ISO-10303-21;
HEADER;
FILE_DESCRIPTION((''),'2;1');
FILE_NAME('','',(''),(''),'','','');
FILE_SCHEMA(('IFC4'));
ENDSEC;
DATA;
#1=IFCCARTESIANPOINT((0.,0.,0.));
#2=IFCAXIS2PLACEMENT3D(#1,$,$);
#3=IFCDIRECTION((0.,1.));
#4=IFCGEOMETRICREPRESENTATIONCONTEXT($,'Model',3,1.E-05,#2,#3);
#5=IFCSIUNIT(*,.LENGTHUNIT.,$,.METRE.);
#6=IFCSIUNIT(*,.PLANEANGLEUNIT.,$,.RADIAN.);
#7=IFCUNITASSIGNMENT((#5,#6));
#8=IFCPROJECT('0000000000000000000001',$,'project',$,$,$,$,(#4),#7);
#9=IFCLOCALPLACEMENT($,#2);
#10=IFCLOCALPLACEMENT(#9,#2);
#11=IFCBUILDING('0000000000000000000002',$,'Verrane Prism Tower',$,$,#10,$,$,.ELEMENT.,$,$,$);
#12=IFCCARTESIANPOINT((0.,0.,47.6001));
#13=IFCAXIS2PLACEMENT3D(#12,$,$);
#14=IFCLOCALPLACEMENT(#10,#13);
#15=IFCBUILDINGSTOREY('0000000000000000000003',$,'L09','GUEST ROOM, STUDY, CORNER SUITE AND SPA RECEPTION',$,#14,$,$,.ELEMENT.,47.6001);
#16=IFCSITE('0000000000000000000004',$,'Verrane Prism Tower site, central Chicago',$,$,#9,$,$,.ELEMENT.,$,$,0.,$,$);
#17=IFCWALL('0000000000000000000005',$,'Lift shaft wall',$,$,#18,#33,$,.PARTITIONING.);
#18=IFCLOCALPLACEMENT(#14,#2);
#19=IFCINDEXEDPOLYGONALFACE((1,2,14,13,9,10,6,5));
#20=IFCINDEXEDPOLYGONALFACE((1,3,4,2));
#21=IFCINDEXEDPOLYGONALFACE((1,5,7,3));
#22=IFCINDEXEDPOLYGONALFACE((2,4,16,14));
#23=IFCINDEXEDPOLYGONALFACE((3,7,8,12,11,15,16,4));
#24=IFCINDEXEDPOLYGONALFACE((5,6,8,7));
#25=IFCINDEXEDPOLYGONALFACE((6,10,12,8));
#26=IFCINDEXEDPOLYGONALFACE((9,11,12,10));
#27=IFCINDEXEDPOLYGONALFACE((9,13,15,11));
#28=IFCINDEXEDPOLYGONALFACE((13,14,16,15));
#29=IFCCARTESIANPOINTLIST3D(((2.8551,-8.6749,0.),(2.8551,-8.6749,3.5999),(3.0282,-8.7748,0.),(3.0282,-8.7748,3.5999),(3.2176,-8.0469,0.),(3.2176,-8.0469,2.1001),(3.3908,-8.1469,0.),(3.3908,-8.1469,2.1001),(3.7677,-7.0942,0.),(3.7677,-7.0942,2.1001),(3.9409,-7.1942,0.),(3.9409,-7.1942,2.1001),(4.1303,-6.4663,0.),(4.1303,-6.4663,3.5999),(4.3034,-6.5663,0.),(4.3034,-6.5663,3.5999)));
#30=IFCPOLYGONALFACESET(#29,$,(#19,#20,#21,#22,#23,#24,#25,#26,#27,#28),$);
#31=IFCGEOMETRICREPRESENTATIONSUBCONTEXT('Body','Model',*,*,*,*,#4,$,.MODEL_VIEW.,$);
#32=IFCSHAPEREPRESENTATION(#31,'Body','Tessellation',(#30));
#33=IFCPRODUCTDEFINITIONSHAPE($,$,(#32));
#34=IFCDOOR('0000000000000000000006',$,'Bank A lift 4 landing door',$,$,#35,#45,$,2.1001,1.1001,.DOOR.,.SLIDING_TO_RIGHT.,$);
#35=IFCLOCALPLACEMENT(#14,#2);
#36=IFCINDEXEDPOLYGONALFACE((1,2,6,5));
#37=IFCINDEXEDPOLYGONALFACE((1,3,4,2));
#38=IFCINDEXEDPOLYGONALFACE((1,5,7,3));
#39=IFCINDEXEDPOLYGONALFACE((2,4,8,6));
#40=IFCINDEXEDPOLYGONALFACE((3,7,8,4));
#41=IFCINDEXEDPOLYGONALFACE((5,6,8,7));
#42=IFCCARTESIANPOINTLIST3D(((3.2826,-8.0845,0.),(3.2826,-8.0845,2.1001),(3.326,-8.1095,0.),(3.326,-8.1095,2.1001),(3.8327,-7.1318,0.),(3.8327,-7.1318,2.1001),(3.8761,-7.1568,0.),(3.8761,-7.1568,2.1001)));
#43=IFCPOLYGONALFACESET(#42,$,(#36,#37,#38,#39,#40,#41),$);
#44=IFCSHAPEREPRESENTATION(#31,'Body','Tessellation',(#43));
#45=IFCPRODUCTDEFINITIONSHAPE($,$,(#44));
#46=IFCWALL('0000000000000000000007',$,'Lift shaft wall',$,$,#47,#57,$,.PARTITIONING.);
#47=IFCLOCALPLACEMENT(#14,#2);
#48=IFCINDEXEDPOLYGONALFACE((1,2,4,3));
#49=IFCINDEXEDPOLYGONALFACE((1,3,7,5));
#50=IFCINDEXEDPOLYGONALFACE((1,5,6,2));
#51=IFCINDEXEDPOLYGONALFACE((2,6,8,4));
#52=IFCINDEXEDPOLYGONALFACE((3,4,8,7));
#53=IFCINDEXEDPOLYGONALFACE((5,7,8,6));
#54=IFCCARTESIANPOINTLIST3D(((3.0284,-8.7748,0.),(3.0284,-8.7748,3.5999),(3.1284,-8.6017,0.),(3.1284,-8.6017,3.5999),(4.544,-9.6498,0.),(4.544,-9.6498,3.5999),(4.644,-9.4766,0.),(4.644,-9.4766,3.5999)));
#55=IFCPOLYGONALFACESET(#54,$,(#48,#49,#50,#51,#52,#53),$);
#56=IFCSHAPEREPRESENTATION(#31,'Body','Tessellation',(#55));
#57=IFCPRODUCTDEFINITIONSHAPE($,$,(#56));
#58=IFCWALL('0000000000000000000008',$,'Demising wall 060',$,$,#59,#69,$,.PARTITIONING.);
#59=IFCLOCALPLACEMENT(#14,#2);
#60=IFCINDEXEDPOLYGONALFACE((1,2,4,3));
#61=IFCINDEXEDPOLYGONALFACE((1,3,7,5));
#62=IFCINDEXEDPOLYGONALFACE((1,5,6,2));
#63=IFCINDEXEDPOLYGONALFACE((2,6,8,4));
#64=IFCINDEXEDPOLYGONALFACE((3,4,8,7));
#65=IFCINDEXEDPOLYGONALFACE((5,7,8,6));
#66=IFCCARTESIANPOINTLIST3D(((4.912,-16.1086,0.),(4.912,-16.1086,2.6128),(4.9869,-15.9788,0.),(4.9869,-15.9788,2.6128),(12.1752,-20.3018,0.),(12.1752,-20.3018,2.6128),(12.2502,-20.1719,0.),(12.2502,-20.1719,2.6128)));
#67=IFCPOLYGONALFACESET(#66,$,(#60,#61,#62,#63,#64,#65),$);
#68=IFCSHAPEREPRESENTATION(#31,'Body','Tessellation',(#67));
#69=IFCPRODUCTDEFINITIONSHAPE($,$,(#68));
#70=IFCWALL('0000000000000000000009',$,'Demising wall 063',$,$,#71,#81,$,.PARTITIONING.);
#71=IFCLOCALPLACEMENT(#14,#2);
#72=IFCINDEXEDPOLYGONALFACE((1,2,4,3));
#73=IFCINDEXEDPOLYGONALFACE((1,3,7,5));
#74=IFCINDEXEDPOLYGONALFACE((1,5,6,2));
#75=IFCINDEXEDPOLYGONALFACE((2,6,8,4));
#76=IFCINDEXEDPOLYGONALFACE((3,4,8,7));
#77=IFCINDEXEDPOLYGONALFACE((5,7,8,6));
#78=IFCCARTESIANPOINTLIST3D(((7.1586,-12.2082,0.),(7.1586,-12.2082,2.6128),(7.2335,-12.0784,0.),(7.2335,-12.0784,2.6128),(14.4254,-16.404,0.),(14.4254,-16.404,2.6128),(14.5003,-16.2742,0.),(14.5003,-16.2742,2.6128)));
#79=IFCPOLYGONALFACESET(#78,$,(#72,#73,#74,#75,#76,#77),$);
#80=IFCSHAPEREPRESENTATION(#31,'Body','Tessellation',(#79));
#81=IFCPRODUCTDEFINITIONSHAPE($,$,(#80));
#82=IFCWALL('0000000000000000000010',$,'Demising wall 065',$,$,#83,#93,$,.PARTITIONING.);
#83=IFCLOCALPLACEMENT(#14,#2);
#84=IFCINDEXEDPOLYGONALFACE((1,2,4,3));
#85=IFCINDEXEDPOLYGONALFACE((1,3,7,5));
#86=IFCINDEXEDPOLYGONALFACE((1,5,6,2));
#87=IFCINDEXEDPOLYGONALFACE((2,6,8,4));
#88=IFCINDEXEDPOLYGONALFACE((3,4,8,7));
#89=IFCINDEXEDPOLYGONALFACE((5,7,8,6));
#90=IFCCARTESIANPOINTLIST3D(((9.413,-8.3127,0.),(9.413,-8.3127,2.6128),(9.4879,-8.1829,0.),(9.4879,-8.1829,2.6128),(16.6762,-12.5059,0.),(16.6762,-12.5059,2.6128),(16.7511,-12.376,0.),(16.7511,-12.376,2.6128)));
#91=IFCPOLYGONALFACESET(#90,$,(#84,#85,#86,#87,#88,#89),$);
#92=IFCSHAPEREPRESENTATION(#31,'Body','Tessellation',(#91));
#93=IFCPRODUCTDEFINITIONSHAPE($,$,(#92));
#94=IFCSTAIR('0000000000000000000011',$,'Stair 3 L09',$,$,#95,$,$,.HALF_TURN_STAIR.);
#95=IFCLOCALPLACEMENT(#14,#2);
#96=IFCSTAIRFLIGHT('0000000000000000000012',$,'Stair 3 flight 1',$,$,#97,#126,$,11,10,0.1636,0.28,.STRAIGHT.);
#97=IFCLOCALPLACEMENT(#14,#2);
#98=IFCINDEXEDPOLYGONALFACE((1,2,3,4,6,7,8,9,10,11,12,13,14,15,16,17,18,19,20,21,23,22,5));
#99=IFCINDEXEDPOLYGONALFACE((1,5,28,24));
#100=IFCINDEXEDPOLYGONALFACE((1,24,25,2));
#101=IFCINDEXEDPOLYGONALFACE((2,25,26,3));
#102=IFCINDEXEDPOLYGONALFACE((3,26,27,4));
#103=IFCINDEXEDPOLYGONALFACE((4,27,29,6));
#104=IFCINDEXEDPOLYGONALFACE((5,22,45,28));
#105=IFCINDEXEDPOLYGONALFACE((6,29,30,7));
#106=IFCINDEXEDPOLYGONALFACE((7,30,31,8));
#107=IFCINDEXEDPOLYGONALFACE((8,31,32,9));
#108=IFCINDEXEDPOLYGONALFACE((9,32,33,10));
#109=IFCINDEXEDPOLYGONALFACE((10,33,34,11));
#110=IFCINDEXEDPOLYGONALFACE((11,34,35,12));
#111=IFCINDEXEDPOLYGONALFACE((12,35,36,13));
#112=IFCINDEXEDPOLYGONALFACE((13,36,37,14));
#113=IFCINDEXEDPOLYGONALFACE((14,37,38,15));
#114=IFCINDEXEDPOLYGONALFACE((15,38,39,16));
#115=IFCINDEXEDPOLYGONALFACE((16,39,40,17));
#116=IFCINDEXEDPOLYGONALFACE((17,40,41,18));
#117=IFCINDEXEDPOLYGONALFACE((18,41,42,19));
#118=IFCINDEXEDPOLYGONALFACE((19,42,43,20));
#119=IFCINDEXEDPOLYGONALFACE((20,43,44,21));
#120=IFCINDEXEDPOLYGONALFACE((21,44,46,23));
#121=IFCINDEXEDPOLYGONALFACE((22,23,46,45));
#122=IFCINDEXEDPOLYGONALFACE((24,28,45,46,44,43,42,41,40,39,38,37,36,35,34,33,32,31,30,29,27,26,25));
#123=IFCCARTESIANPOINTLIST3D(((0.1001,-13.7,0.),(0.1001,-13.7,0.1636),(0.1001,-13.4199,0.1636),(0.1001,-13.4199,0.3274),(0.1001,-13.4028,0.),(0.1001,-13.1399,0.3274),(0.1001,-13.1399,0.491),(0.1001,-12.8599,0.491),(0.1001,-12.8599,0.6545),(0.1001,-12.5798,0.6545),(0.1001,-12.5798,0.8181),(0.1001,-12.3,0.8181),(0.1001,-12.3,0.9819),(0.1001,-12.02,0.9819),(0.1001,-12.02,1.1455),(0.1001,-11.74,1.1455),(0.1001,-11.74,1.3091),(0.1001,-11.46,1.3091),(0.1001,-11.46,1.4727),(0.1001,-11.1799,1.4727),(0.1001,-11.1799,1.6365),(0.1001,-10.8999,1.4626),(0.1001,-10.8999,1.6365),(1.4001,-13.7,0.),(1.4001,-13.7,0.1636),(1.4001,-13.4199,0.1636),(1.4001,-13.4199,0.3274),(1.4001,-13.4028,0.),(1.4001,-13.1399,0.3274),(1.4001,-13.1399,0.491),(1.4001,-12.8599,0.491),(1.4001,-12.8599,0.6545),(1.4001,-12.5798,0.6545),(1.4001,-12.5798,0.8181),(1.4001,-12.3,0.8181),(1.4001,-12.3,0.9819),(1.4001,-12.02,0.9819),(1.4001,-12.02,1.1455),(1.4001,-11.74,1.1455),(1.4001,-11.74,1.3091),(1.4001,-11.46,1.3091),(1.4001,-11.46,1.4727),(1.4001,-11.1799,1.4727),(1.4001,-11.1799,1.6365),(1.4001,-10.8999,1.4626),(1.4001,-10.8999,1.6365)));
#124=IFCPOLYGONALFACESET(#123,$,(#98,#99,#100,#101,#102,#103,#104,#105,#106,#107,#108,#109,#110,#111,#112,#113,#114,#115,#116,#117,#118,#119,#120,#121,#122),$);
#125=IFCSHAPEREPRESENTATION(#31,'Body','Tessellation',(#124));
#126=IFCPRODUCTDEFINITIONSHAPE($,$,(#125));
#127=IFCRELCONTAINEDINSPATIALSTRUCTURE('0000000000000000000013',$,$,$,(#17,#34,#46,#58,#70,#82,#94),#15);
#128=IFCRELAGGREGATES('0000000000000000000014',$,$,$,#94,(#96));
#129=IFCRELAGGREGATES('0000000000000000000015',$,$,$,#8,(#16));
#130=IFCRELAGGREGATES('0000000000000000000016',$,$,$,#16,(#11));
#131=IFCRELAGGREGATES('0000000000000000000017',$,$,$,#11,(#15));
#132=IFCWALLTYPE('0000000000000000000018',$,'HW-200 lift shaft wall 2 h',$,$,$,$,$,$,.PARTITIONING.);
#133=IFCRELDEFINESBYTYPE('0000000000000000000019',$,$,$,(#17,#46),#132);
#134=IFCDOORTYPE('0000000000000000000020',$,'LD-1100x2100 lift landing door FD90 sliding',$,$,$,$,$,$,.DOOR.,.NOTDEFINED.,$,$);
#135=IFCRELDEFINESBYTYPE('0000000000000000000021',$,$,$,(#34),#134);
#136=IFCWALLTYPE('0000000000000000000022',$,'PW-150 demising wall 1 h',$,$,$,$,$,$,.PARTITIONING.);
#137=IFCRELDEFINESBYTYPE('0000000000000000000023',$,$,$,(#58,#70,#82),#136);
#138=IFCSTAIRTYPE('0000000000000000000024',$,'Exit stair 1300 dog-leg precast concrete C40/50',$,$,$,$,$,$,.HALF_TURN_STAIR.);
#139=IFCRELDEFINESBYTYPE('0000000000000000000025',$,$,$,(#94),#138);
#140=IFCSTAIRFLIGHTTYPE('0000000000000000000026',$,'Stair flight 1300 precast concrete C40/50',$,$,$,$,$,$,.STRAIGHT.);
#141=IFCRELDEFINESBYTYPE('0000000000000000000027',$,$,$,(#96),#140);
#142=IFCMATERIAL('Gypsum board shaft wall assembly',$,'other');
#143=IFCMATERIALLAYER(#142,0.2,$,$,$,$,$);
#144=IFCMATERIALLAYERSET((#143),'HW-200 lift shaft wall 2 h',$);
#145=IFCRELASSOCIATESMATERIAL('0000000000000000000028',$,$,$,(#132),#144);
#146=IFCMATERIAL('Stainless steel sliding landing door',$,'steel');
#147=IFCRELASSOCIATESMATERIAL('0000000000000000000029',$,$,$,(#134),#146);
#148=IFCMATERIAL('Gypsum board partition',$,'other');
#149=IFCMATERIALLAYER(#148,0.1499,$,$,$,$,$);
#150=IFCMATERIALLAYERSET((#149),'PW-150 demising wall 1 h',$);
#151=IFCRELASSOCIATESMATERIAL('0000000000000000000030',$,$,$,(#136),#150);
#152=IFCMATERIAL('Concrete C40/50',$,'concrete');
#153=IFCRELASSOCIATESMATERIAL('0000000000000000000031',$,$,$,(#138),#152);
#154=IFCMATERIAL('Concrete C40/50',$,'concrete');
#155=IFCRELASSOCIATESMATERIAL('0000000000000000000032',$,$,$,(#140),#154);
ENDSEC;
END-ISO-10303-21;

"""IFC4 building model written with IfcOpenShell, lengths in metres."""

from ifc_helpers import new_model, si_unit, direction, frame, frame_2d, origin, place, context, subcontext, project, spatial, polyline, rectangle, outline, extrude, material, layer, layer_set, type_object, element, fill, aggregate, save


model = new_model("IFC4")

# Units and contexts
model_context = context("Model", 3, precision=1e-05, world=origin(), true_north=direction((0.0, 1.0)))
body_context = subcontext(model_context, "Body", "Model", "MODEL_VIEW")
ifc_project = project(units=[si_unit("LENGTHUNIT", "METRE"), si_unit("PLANEANGLEUNIT", "RADIAN")], contexts=[model_context])

# Site, building, storey
site_placement = place(None, origin())
site = spatial("IfcSite", under=ifc_project, at=site_placement, Name="Verrane Prism Tower site, central Chicago", CompositionType="ELEMENT", RefElevation=0.0)
building_placement = place(site_placement, origin())
building = spatial("IfcBuilding", under=site, at=building_placement, Name="Verrane Prism Tower", CompositionType="ELEMENT")
storey_placement = place(building_placement, frame((0.0, 0.0, 47.6001)))
storey = spatial("IfcBuildingStorey", under=building, at=storey_placement, Name="L09", Description="GUEST ROOM, STUDY, CORNER SUITE AND SPA RECEPTION", CompositionType="ELEMENT", Elevation=47.6001)

# Shared definitions
ifc_material_1 = material(Name="Gypsum board shaft wall assembly", Category="other")
ifc_layer_1 = layer(ifc_material_1, 0.2)
ifc_layer_set_1 = layer_set([ifc_layer_1], Name="HW-200 lift shaft wall 2 h")
wall_type_1 = type_object("IfcWallType", Name="HW-200 lift shaft wall 2 h", PredefinedType="PARTITIONING", material=ifc_layer_set_1)

# Wall, opening, door
wall_1_placement = place(storey_placement, frame((2.9417, -8.7249, 0.0), z_axis=(0.0, 0.0, 1.0), x_axis=(0.500021, 0.866013, 0.0)))
wall_1 = element("IfcWall", 1, at=wall_1_placement, inside=storey, type_object=wall_type_1, Name="Lift shaft wall", PredefinedType="PARTITIONING", context=body_context, shape_type="SweptSolid", body=[
    extrude(rectangle(XDim=2.5503, YDim=0.2, at=frame_2d((1.2751, 0.0))), origin(), (0.0, 0.0, 1.0), 3.5999),
])
opening_1_placement = place(wall_1_placement, frame((0.7251, 0.0, 0.0)))
opening_1 = element("IfcOpeningElement", 2, at=opening_1_placement, cuts=wall_1, PredefinedType="OPENING", context=body_context, shape_type="SweptSolid", body=[
    extrude(rectangle(XDim=1.1001, YDim=2.1001, at=frame_2d((0.55, 1.05))), frame((0.0, 0.1099, 0.0), z_axis=(0.0, -1.0, 0.0), x_axis=(1.0, 0.0, 0.0)), (0.0, 0.0, 1.0), 0.22),
])
ifc_material_2 = material(Name="Stainless steel sliding landing door", Category="steel")
door_type_1 = type_object("IfcDoorType", Name="LD-1100x2100 lift landing door FD90 sliding", OperationType="NOTDEFINED", PredefinedType="DOOR", material=ifc_material_2)
door_1_placement = place(opening_1_placement, origin())
door_1 = element("IfcDoor", 3, at=door_1_placement, inside=storey, type_object=door_type_1, Name="Bank A lift 4 landing door", OperationType="SLIDING_TO_RIGHT", OverallHeight=2.1001, OverallWidth=1.1001, PredefinedType="DOOR", context=body_context, shape_type="SweptSolid", body=[
    extrude(rectangle(XDim=1.1001, YDim=2.1001, at=frame_2d((0.55, 1.05))), frame((0.0, 0.0249, 0.0), z_axis=(0.0, -1.0, 0.0), x_axis=(1.0, 0.0, 0.0)), (0.0, 0.0, 1.0), 0.05),
])
fill(opening_1, door_1)

# Walls
wall_2_placement = place(storey_placement, frame((4.594, -9.5632, 0.0), z_axis=(0.0, 0.0, 1.0), x_axis=(-0.866037, 0.49998, 0.0)))
element("IfcWall", 4, at=wall_2_placement, inside=storey, type_object=wall_type_1, Name="Lift shaft wall", PredefinedType="PARTITIONING", context=body_context, shape_type="SweptSolid", body=[
    extrude(rectangle(XDim=1.75, YDim=0.2, at=frame_2d((0.875, 0.0))), origin(), (0.0, 0.0, 1.0), 3.5999),
])
ifc_material_3 = material(Name="Gypsum board partition", Category="other")
ifc_layer_2 = layer(ifc_material_3, 0.1499)
ifc_layer_set_2 = layer_set([ifc_layer_2], Name="PW-150 demising wall 1 h")
wall_type_2 = type_object("IfcWallType", Name="PW-150 demising wall 1 h", PredefinedType="PARTITIONING", material=ifc_layer_set_2)
wall_3_placement = place(storey_placement, frame((4.9495, -16.0437, 0.0), z_axis=(0.0, 0.0, 1.0), x_axis=(0.86604, -0.499974, 0.0)))
element("IfcWall", 5, at=wall_3_placement, inside=storey, type_object=wall_type_2, Name="Demising wall 060", PredefinedType="PARTITIONING", context=body_context, shape_type="SweptSolid", body=[
    extrude(rectangle(XDim=8.3867, YDim=0.1499, at=frame_2d((4.1934, 0.0))), origin(), (0.0, 0.0, 1.0), 2.6128),
])
wall_4_placement = place(storey_placement, frame((7.196, -12.1433, 0.0), z_axis=(0.0, 0.0, 1.0), x_axis=(0.866011, -0.500026, 0.0)))
element("IfcWall", 6, at=wall_4_placement, inside=storey, type_object=wall_type_2, Name="Demising wall 063", PredefinedType="PARTITIONING", context=body_context, shape_type="SweptSolid", body=[
    extrude(rectangle(XDim=8.3911, YDim=0.1499, at=frame_2d((4.1956, 0.0))), origin(), (0.0, 0.0, 1.0), 2.6128),
])
wall_5_placement = place(storey_placement, frame((9.4504, -8.2478, 0.0), z_axis=(0.0, 0.0, 1.0), x_axis=(0.86604, -0.499974, 0.0)))
element("IfcWall", 7, at=wall_5_placement, inside=storey, type_object=wall_type_2, Name="Demising wall 065", PredefinedType="PARTITIONING", context=body_context, shape_type="SweptSolid", body=[
    extrude(rectangle(XDim=8.3867, YDim=0.1499, at=frame_2d((4.1934, 0.0))), origin(), (0.0, 0.0, 1.0), 2.6128),
])

# Stair, stair flight
ifc_material_4 = material(Name="Concrete C40/50", Category="concrete")
stair_type = type_object("IfcStairType", Name="Exit stair 1300 dog-leg precast concrete C40/50", PredefinedType="HALF_TURN_STAIR", material=ifc_material_4)
stair_placement = place(storey_placement, origin())
stair = element("IfcStair", 8, at=stair_placement, inside=storey, type_object=stair_type, Name="Stair 3 L09", PredefinedType="HALF_TURN_STAIR")
ifc_material_5 = material(Name="Concrete C40/50", Category="concrete")
stair_flight_type = type_object("IfcStairFlightType", Name="Stair flight 1300 precast concrete C40/50", PredefinedType="STRAIGHT", material=ifc_material_5)
stair_flight_placement = place(storey_placement, frame((0.75, -13.7, 0.0), z_axis=(0.0, 0.0, 1.0), x_axis=(0.0, 1.0, 0.0)))
stair_flight = element("IfcStairFlight", 9, at=stair_flight_placement, type_object=stair_flight_type, Name="Stair 3 flight 1", NumberOfRisers=11, NumberOfTreads=10, PredefinedType="STRAIGHT", RiserHeight=0.1636, TreadLength=0.28, context=body_context, shape_type="SweptSolid", body=[
    extrude(outline(polyline([(0.0, 0.0), (0.0, 0.1636), (0.28, 0.1636), (0.28, 0.3274), (0.5601, 0.3274), (0.5601, 0.491), (0.8401, 0.491), (0.8401, 0.6545), (1.1201, 0.6545), (1.1201, 0.8181), (1.3999, 0.8181), (1.3999, 0.9819), (1.6799, 0.9819), (1.6799, 1.1455), (1.96, 1.1455), (1.96, 1.3091), (2.24, 1.3091), (2.24, 1.4727), (2.52, 1.4727), (2.52, 1.6365), (2.8, 1.6365), (2.8, 1.8), (2.8, 1.4626), (0.2971, 0.0), (0.0, 0.0)])), frame((0.0, 0.6499, 0.0), z_axis=(0.0, -1.0, 0.0), x_axis=(1.0, 0.0, 0.0)), (0.0, 0.0, 1.0), 1.3),
])
aggregate(stair, [stair_flight])

save(model, "model.ifc")
